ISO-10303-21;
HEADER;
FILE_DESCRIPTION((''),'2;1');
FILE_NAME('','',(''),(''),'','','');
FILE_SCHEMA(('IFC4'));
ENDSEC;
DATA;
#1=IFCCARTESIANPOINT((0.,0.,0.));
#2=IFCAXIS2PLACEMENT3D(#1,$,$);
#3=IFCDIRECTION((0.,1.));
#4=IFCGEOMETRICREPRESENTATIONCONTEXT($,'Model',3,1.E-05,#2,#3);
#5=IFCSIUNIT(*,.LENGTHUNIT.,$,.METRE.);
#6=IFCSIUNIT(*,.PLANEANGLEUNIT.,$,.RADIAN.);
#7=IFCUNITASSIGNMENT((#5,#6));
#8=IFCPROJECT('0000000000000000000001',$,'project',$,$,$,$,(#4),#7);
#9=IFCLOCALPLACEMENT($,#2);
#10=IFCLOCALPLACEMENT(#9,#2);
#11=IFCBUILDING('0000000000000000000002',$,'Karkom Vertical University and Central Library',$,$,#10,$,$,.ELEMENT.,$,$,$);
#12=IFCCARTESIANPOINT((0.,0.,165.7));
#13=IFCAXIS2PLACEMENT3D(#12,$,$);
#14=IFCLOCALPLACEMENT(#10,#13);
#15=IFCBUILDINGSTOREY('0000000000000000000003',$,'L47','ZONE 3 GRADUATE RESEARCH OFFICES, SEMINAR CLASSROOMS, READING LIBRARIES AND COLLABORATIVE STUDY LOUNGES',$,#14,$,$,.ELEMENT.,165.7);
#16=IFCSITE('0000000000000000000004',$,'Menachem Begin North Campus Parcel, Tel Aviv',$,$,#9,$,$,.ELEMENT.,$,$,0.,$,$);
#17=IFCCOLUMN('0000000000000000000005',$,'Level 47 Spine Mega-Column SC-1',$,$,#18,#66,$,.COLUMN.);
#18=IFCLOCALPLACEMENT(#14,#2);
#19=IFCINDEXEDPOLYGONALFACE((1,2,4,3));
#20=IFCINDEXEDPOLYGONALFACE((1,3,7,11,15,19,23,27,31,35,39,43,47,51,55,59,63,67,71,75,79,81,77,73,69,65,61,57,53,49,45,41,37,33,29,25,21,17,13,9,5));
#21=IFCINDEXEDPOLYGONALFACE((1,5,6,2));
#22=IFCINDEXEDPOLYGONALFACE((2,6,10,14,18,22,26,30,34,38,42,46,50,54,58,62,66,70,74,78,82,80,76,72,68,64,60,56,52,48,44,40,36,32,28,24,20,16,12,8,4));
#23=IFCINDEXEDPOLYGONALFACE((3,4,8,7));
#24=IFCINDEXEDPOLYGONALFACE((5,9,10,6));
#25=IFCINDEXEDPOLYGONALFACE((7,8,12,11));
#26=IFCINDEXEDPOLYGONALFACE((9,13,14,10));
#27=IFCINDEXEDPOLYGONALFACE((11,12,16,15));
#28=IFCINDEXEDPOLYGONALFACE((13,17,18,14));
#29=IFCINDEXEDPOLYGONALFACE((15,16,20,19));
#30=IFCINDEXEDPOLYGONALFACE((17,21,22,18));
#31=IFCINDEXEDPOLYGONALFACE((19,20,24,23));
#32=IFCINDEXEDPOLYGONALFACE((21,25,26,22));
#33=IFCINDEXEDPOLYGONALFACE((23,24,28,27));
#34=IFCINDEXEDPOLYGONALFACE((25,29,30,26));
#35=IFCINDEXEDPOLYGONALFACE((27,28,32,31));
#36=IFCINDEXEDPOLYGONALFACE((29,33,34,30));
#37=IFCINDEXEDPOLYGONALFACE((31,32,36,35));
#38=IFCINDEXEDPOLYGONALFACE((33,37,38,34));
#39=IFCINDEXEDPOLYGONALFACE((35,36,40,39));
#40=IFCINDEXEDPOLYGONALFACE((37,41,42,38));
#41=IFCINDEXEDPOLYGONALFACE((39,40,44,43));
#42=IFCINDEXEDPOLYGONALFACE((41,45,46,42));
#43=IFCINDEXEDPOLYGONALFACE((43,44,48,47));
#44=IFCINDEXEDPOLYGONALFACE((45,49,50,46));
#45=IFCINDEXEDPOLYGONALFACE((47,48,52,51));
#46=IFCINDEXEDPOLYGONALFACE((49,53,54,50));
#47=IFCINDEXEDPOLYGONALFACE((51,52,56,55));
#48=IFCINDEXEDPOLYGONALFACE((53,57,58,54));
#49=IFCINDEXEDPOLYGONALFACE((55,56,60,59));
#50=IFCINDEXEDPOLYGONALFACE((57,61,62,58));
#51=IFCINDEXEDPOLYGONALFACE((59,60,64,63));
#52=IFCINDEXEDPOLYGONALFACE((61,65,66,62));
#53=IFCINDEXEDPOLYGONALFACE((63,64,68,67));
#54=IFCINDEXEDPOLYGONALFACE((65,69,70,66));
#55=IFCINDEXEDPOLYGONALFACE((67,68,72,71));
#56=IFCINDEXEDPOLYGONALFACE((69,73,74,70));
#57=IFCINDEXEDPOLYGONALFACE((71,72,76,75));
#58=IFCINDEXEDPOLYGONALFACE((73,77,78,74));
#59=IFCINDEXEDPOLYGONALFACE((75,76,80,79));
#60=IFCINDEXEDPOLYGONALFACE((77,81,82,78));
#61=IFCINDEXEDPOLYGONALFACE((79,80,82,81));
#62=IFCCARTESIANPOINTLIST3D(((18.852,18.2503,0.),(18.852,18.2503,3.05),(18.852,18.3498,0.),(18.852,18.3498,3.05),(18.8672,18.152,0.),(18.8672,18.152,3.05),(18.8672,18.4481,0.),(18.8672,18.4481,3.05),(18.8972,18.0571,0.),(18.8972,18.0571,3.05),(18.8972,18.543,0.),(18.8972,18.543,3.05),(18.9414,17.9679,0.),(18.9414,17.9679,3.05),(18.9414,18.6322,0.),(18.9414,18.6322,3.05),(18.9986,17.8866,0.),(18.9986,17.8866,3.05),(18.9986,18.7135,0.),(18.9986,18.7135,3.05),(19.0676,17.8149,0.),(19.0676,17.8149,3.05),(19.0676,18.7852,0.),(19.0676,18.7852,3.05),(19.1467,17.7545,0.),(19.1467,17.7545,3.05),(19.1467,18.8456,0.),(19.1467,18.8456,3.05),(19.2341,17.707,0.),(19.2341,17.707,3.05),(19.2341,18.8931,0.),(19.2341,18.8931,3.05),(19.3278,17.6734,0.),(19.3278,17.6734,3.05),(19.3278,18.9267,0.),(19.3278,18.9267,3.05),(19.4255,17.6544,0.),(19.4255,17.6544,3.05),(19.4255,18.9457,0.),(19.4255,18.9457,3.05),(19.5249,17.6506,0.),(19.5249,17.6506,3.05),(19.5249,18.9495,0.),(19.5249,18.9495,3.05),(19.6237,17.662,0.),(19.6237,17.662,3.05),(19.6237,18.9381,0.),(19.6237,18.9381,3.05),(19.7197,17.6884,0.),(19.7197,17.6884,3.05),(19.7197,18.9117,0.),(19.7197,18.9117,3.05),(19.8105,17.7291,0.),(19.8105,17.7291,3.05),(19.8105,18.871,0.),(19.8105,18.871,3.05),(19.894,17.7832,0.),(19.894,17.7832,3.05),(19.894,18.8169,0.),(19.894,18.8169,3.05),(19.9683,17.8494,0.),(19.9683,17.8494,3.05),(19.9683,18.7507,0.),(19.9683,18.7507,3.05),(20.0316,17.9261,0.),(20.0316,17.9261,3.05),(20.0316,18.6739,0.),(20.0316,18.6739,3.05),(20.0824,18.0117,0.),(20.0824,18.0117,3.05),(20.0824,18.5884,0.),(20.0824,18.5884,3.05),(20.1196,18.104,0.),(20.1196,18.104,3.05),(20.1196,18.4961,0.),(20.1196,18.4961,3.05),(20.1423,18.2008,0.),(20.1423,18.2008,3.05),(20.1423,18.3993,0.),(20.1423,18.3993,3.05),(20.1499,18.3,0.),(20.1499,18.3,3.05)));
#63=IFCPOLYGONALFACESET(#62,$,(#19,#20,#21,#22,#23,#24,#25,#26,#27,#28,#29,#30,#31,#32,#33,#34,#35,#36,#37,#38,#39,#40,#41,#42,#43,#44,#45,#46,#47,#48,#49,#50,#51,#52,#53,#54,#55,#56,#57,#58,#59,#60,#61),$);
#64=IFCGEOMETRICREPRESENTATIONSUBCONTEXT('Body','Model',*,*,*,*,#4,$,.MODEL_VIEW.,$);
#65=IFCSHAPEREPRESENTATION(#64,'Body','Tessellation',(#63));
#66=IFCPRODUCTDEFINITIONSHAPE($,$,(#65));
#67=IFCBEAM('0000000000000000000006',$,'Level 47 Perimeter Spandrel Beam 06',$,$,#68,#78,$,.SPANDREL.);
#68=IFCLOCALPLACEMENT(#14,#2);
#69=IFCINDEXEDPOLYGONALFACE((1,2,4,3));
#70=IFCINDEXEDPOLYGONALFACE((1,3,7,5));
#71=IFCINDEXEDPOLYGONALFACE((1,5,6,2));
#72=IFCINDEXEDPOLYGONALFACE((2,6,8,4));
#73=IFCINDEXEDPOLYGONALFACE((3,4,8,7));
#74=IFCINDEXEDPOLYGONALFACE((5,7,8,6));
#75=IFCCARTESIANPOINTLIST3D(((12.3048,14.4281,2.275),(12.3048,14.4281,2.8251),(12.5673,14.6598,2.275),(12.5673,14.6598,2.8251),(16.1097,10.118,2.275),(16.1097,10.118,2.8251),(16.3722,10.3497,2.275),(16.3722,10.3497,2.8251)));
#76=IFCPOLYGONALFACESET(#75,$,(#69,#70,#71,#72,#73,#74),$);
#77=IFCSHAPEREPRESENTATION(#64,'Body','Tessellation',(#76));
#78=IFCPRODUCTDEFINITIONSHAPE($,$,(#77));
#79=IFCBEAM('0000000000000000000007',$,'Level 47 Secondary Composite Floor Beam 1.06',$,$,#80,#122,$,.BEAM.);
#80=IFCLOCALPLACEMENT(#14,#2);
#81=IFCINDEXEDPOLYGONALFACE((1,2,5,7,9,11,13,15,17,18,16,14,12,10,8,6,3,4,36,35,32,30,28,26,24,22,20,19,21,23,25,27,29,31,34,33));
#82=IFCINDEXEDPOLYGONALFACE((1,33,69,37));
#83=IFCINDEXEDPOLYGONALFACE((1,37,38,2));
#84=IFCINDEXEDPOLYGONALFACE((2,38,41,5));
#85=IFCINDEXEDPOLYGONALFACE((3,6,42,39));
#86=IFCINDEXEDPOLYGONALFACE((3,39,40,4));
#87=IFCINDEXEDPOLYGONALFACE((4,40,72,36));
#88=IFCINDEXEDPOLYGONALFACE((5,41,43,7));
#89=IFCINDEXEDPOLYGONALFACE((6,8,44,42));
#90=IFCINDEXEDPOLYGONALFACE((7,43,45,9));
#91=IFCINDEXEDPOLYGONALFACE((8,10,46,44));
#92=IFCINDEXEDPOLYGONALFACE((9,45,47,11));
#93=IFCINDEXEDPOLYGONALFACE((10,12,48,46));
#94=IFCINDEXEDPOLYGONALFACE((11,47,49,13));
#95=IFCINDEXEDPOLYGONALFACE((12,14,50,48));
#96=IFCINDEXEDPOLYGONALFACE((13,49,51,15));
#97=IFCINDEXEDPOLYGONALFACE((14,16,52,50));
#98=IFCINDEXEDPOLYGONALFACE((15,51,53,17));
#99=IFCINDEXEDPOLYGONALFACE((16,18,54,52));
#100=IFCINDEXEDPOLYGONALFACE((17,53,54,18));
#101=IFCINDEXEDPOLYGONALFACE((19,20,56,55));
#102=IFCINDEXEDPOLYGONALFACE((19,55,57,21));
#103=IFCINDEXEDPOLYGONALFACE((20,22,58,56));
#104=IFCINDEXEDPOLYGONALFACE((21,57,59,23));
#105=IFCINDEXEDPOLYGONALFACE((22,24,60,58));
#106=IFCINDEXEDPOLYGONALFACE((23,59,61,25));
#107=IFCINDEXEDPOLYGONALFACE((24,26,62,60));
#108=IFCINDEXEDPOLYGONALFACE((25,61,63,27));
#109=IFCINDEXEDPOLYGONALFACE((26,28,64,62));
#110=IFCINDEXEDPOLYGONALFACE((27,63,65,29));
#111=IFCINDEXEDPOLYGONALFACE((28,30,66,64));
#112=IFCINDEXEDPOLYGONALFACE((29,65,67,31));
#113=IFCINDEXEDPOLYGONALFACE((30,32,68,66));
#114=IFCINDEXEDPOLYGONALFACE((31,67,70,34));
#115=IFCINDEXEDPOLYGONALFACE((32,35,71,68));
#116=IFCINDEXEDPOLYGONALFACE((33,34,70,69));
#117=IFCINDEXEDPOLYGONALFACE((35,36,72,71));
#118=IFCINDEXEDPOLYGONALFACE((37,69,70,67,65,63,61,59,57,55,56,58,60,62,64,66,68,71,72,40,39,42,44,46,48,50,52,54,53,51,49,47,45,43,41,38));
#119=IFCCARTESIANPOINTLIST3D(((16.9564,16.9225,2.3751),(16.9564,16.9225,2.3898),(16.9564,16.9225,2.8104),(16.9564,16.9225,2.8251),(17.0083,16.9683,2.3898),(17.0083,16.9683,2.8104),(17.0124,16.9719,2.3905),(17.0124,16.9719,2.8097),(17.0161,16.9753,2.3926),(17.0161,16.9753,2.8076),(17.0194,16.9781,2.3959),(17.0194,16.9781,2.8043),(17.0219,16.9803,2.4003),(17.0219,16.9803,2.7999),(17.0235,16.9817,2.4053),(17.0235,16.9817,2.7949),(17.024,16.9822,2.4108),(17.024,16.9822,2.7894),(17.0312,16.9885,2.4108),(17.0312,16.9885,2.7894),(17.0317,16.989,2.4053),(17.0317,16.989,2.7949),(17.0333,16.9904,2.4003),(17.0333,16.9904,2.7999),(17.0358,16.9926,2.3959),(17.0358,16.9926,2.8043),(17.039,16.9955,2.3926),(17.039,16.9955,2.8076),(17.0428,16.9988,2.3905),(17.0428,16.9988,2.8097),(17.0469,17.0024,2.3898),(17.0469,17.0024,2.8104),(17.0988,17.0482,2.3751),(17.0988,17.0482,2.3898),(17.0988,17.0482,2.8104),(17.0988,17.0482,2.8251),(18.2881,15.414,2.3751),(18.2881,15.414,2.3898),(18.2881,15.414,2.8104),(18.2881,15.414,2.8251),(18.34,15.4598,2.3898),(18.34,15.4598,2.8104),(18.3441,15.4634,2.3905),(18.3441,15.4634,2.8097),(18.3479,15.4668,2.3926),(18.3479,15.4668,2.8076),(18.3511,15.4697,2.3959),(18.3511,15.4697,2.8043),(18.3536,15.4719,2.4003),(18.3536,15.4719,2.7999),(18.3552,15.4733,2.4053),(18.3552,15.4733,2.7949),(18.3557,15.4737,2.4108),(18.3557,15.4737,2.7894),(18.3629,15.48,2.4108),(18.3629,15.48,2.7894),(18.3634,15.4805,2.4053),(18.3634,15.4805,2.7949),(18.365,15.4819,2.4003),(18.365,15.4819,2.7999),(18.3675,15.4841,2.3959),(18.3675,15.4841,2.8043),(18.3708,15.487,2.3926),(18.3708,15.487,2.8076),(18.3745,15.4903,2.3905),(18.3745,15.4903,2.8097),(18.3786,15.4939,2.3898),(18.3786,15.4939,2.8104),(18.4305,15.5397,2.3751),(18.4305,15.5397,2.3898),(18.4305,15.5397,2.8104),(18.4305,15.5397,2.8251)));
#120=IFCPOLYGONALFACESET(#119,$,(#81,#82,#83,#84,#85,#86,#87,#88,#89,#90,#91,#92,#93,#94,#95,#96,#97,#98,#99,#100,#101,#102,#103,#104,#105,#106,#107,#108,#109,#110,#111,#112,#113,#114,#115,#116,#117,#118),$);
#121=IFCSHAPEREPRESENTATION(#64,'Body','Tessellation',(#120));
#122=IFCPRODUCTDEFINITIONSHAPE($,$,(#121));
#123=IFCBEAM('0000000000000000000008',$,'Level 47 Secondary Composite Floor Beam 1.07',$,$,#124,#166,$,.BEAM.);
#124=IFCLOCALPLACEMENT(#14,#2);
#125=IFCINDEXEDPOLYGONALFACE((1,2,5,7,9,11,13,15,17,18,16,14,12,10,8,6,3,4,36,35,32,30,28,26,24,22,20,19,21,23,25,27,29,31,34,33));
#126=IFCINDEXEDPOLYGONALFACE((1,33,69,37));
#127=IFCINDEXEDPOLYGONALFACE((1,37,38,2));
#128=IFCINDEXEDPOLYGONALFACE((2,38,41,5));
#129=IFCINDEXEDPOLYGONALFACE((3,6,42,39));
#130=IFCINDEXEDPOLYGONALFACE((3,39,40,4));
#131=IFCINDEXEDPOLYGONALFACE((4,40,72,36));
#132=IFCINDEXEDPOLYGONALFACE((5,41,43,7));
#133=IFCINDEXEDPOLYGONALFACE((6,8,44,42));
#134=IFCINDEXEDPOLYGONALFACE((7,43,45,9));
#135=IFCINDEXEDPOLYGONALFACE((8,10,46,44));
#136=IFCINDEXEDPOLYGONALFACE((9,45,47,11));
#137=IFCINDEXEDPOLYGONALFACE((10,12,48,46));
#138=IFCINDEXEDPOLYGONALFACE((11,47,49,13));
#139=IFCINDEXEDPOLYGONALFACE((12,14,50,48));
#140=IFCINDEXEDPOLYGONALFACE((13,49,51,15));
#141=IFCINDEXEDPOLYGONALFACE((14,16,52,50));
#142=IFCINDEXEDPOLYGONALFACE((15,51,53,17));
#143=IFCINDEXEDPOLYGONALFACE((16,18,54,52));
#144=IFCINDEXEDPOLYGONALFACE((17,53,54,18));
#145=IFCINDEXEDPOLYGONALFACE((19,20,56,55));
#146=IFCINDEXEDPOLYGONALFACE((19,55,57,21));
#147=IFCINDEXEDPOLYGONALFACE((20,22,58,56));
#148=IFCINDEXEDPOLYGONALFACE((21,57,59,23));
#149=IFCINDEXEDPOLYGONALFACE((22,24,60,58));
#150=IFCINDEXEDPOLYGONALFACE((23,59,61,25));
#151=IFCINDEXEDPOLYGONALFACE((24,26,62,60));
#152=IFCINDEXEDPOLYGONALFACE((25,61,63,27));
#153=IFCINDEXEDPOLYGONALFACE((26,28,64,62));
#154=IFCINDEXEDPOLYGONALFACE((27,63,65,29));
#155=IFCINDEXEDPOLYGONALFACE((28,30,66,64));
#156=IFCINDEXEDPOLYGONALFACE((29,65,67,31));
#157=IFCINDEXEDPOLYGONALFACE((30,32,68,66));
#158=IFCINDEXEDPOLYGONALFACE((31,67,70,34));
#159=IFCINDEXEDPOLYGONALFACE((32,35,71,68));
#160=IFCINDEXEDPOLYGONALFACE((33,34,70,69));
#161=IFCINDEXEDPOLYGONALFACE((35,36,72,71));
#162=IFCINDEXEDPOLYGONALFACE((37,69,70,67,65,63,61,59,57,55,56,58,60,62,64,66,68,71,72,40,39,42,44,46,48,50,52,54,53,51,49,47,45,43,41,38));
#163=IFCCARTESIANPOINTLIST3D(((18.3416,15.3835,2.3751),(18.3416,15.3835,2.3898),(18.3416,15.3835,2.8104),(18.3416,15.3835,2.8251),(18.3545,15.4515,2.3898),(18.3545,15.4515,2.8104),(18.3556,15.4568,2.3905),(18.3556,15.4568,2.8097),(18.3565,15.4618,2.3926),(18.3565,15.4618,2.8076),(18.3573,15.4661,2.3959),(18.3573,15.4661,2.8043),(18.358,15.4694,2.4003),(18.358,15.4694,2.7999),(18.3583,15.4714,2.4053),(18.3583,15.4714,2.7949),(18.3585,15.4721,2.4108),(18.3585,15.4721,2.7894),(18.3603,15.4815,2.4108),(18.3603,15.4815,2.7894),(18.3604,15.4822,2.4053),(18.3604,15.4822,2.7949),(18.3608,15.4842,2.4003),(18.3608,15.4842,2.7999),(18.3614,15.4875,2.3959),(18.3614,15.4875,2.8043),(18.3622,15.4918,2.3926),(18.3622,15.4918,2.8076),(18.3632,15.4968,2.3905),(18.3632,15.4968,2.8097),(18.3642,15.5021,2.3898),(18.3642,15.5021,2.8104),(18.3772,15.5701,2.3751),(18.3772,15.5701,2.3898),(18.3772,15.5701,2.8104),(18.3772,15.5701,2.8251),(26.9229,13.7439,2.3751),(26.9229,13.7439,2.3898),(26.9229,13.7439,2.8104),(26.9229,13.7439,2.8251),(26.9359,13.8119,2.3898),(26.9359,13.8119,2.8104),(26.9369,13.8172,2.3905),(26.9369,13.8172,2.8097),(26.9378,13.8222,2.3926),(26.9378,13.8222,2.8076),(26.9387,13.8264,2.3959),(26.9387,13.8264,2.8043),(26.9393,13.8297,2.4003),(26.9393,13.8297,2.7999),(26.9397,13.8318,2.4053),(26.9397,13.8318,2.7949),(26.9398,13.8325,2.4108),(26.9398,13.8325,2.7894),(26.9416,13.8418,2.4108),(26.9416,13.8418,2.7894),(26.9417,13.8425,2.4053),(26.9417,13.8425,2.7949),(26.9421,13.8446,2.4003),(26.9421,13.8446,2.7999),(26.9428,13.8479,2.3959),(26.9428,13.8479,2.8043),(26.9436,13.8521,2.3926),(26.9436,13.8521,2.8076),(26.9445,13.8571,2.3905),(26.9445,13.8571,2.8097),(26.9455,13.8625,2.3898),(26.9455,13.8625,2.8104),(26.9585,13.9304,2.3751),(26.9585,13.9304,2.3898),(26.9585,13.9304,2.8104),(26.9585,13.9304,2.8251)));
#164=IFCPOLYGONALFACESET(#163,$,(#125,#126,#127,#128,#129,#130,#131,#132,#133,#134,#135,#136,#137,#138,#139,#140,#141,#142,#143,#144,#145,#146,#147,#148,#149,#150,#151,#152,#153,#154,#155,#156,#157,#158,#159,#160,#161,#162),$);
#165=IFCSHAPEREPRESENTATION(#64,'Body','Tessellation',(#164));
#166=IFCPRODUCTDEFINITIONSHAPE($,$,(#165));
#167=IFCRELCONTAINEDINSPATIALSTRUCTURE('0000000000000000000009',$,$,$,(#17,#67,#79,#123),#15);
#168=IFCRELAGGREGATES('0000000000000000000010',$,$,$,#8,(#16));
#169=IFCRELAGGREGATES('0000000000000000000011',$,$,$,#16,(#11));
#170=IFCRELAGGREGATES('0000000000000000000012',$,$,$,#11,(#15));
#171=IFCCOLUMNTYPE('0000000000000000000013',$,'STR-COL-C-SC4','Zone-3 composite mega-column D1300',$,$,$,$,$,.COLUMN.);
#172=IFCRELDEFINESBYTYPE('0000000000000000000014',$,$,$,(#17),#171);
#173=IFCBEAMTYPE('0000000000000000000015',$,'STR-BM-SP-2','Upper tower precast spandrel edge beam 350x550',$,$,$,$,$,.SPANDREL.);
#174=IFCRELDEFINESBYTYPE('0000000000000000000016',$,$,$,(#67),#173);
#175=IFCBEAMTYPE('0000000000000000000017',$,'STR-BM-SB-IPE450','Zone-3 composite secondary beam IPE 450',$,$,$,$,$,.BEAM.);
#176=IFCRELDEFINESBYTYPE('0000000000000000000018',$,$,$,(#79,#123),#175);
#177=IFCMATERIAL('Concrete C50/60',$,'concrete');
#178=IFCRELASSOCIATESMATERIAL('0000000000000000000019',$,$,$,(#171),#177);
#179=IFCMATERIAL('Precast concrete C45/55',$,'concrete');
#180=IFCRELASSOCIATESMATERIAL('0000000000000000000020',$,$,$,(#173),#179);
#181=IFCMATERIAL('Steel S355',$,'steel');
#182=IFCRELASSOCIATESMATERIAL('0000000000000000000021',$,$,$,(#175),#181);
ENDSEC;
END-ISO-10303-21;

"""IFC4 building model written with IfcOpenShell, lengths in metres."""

from ifc_helpers import new_model, si_unit, direction, frame, origin, origin_with_axes, origin_2d, place, context, subcontext, project, spatial, rectangle, circle, i_section, extrude, source, transform, mapped, material, material_profile, profile_set, type_object, element, save


model = new_model("IFC4")

# Units and contexts
model_context = context("Model", 3, precision=1e-05, world=origin(), true_north=direction((0.0, 1.0)))
body_context = subcontext(model_context, "Body", "Model", "MODEL_VIEW")
ifc_project = project(units=[si_unit("LENGTHUNIT", "METRE"), si_unit("PLANEANGLEUNIT", "RADIAN")], contexts=[model_context])

# Site, building, storey
site_placement = place(None, origin())
site = spatial("IfcSite", under=ifc_project, at=site_placement, Name="Menachem Begin North Campus Parcel, Tel Aviv", CompositionType="ELEMENT", RefElevation=0.0)
building_placement = place(site_placement, origin())
building = spatial("IfcBuilding", under=site, at=building_placement, Name="Karkom Vertical University and Central Library", CompositionType="ELEMENT")
storey_placement = place(building_placement, frame((0.0, 0.0, 165.7)))
storey = spatial("IfcBuildingStorey", under=building, at=storey_placement, Name="L47", Description="ZONE 3 GRADUATE RESEARCH OFFICES, SEMINAR CLASSROOMS, READING LIBRARIES AND COLLABORATIVE STUDY LOUNGES", CompositionType="ELEMENT", Elevation=165.7)

# Column
ifc_material_1 = material(Name="Concrete C50/60", Category="concrete")
ifc_material_profile_1 = material_profile(ifc_material_1, circle(Radius=0.6499, at=origin_2d()), Name="CFT-D1300")
ifc_profile_set_1 = profile_set([ifc_material_profile_1], Name="Concrete C50/60")
column_type = type_object("IfcColumnType", Name="STR-COL-C-SC4", Description="Zone-3 composite mega-column D1300", PredefinedType="COLUMN", material=ifc_profile_set_1)
shared_shape_1 = source(origin_with_axes(), body_context, "Body", "SweptSolid", [
    extrude(circle(Radius=0.6499, at=origin_2d()), origin(), (0.0, 0.0, 1.0), 3.05),
])
column_placement = place(storey_placement, frame((19.5, 18.3, 0.0), z_axis=(0.0, 0.0, 1.0), x_axis=(1.0, 0.0, 0.0)))
element("IfcColumn", 1, at=column_placement, inside=storey, type_object=column_type, Name="Level 47 Spine Mega-Column SC-1", PredefinedType="COLUMN", context=body_context, shape_type="MappedRepresentation", body=[
    mapped(shared_shape_1, transform((0.0, 0.0, 0.0), scale=1.0)),
])

# Beams
ifc_material_2 = material(Name="Precast concrete C45/55", Category="concrete")
ifc_material_profile_2 = material_profile(ifc_material_2, rectangle(XDim=0.3501, YDim=0.55, at=origin_2d()), Name="SPB-350x550")
ifc_profile_set_2 = profile_set([ifc_material_profile_2], Name="Precast concrete C45/55")
beam_type_1 = type_object("IfcBeamType", Name="STR-BM-SP-2", Description="Upper tower precast spandrel edge beam 350x550", PredefinedType="SPANDREL", material=ifc_profile_set_2)
shared_shape_2 = source(origin_with_axes(), body_context, "Body", "SweptSolid", [
    extrude(rectangle(XDim=0.3501, YDim=0.55, at=origin_2d()), origin(), (0.0, 0.0, 1.0), 5.7493),
])
beam_1_placement = place(storey_placement, frame((12.436, 14.5439, 2.55), z_axis=(0.661811, -0.749671, 0.0), x_axis=(0.749671, 0.661811, 0.0)))
element("IfcBeam", 2, at=beam_1_placement, inside=storey, type_object=beam_type_1, Name="Level 47 Perimeter Spandrel Beam 06", PredefinedType="SPANDREL", context=body_context, shape_type="MappedRepresentation", body=[
    mapped(shared_shape_2, transform((0.0, 0.0, 0.0), scale=1.0)),
])
ifc_material_3 = material(Name="Steel S355", Category="steel")
ifc_material_profile_3 = material_profile(ifc_material_3, i_section(OverallWidth=0.1899, OverallDepth=0.45, WebThickness=0.0095, FlangeThickness=0.0146, FilletRadius=0.021, at=origin_2d()), Name="IPE 450")
ifc_profile_set_3 = profile_set([ifc_material_profile_3], Name="Steel S355")
beam_type_2 = type_object("IfcBeamType", Name="STR-BM-SB-IPE450", Description="Zone-3 composite secondary beam IPE 450", PredefinedType="BEAM", material=ifc_profile_set_3)
shared_shape_3 = source(origin_with_axes(), body_context, "Body", "SweptSolid", [
    extrude(i_section(OverallWidth=0.1899, OverallDepth=0.45, WebThickness=0.0095, FlangeThickness=0.0146, FilletRadius=0.021, at=origin_2d()), origin(), (0.0, 0.0, 1.0), 2.0122),
])
beam_2_placement = place(storey_placement, frame((17.0276, 16.9854, 2.6001), z_axis=(0.661822, -0.749661, 0.0), x_axis=(0.749661, 0.661822, 0.0)))
element("IfcBeam", 3, at=beam_2_placement, inside=storey, type_object=beam_type_2, Name="Level 47 Secondary Composite Floor Beam 1.06", PredefinedType="BEAM", context=body_context, shape_type="MappedRepresentation", body=[
    mapped(shared_shape_3, transform((0.0, 0.0, 0.0), scale=1.0)),
])
shared_shape_4 = source(origin_with_axes(), body_context, "Body", "SweptSolid", [
    extrude(i_section(OverallWidth=0.1899, OverallDepth=0.45, WebThickness=0.0095, FlangeThickness=0.0146, FilletRadius=0.021, at=origin_2d()), origin(), (0.0, 0.0, 1.0), 8.7366),
])
beam_3_placement = place(storey_placement, frame((18.3594, 15.4768, 2.6001), z_axis=(0.982231, -0.187677, 0.0), x_axis=(0.187677, 0.982231, 0.0)))
element("IfcBeam", 4, at=beam_3_placement, inside=storey, type_object=beam_type_2, Name="Level 47 Secondary Composite Floor Beam 1.07", PredefinedType="BEAM", context=body_context, shape_type="MappedRepresentation", body=[
    mapped(shared_shape_4, transform((0.0, 0.0, 0.0), scale=1.0)),
])

save(model, "model.ifc")
